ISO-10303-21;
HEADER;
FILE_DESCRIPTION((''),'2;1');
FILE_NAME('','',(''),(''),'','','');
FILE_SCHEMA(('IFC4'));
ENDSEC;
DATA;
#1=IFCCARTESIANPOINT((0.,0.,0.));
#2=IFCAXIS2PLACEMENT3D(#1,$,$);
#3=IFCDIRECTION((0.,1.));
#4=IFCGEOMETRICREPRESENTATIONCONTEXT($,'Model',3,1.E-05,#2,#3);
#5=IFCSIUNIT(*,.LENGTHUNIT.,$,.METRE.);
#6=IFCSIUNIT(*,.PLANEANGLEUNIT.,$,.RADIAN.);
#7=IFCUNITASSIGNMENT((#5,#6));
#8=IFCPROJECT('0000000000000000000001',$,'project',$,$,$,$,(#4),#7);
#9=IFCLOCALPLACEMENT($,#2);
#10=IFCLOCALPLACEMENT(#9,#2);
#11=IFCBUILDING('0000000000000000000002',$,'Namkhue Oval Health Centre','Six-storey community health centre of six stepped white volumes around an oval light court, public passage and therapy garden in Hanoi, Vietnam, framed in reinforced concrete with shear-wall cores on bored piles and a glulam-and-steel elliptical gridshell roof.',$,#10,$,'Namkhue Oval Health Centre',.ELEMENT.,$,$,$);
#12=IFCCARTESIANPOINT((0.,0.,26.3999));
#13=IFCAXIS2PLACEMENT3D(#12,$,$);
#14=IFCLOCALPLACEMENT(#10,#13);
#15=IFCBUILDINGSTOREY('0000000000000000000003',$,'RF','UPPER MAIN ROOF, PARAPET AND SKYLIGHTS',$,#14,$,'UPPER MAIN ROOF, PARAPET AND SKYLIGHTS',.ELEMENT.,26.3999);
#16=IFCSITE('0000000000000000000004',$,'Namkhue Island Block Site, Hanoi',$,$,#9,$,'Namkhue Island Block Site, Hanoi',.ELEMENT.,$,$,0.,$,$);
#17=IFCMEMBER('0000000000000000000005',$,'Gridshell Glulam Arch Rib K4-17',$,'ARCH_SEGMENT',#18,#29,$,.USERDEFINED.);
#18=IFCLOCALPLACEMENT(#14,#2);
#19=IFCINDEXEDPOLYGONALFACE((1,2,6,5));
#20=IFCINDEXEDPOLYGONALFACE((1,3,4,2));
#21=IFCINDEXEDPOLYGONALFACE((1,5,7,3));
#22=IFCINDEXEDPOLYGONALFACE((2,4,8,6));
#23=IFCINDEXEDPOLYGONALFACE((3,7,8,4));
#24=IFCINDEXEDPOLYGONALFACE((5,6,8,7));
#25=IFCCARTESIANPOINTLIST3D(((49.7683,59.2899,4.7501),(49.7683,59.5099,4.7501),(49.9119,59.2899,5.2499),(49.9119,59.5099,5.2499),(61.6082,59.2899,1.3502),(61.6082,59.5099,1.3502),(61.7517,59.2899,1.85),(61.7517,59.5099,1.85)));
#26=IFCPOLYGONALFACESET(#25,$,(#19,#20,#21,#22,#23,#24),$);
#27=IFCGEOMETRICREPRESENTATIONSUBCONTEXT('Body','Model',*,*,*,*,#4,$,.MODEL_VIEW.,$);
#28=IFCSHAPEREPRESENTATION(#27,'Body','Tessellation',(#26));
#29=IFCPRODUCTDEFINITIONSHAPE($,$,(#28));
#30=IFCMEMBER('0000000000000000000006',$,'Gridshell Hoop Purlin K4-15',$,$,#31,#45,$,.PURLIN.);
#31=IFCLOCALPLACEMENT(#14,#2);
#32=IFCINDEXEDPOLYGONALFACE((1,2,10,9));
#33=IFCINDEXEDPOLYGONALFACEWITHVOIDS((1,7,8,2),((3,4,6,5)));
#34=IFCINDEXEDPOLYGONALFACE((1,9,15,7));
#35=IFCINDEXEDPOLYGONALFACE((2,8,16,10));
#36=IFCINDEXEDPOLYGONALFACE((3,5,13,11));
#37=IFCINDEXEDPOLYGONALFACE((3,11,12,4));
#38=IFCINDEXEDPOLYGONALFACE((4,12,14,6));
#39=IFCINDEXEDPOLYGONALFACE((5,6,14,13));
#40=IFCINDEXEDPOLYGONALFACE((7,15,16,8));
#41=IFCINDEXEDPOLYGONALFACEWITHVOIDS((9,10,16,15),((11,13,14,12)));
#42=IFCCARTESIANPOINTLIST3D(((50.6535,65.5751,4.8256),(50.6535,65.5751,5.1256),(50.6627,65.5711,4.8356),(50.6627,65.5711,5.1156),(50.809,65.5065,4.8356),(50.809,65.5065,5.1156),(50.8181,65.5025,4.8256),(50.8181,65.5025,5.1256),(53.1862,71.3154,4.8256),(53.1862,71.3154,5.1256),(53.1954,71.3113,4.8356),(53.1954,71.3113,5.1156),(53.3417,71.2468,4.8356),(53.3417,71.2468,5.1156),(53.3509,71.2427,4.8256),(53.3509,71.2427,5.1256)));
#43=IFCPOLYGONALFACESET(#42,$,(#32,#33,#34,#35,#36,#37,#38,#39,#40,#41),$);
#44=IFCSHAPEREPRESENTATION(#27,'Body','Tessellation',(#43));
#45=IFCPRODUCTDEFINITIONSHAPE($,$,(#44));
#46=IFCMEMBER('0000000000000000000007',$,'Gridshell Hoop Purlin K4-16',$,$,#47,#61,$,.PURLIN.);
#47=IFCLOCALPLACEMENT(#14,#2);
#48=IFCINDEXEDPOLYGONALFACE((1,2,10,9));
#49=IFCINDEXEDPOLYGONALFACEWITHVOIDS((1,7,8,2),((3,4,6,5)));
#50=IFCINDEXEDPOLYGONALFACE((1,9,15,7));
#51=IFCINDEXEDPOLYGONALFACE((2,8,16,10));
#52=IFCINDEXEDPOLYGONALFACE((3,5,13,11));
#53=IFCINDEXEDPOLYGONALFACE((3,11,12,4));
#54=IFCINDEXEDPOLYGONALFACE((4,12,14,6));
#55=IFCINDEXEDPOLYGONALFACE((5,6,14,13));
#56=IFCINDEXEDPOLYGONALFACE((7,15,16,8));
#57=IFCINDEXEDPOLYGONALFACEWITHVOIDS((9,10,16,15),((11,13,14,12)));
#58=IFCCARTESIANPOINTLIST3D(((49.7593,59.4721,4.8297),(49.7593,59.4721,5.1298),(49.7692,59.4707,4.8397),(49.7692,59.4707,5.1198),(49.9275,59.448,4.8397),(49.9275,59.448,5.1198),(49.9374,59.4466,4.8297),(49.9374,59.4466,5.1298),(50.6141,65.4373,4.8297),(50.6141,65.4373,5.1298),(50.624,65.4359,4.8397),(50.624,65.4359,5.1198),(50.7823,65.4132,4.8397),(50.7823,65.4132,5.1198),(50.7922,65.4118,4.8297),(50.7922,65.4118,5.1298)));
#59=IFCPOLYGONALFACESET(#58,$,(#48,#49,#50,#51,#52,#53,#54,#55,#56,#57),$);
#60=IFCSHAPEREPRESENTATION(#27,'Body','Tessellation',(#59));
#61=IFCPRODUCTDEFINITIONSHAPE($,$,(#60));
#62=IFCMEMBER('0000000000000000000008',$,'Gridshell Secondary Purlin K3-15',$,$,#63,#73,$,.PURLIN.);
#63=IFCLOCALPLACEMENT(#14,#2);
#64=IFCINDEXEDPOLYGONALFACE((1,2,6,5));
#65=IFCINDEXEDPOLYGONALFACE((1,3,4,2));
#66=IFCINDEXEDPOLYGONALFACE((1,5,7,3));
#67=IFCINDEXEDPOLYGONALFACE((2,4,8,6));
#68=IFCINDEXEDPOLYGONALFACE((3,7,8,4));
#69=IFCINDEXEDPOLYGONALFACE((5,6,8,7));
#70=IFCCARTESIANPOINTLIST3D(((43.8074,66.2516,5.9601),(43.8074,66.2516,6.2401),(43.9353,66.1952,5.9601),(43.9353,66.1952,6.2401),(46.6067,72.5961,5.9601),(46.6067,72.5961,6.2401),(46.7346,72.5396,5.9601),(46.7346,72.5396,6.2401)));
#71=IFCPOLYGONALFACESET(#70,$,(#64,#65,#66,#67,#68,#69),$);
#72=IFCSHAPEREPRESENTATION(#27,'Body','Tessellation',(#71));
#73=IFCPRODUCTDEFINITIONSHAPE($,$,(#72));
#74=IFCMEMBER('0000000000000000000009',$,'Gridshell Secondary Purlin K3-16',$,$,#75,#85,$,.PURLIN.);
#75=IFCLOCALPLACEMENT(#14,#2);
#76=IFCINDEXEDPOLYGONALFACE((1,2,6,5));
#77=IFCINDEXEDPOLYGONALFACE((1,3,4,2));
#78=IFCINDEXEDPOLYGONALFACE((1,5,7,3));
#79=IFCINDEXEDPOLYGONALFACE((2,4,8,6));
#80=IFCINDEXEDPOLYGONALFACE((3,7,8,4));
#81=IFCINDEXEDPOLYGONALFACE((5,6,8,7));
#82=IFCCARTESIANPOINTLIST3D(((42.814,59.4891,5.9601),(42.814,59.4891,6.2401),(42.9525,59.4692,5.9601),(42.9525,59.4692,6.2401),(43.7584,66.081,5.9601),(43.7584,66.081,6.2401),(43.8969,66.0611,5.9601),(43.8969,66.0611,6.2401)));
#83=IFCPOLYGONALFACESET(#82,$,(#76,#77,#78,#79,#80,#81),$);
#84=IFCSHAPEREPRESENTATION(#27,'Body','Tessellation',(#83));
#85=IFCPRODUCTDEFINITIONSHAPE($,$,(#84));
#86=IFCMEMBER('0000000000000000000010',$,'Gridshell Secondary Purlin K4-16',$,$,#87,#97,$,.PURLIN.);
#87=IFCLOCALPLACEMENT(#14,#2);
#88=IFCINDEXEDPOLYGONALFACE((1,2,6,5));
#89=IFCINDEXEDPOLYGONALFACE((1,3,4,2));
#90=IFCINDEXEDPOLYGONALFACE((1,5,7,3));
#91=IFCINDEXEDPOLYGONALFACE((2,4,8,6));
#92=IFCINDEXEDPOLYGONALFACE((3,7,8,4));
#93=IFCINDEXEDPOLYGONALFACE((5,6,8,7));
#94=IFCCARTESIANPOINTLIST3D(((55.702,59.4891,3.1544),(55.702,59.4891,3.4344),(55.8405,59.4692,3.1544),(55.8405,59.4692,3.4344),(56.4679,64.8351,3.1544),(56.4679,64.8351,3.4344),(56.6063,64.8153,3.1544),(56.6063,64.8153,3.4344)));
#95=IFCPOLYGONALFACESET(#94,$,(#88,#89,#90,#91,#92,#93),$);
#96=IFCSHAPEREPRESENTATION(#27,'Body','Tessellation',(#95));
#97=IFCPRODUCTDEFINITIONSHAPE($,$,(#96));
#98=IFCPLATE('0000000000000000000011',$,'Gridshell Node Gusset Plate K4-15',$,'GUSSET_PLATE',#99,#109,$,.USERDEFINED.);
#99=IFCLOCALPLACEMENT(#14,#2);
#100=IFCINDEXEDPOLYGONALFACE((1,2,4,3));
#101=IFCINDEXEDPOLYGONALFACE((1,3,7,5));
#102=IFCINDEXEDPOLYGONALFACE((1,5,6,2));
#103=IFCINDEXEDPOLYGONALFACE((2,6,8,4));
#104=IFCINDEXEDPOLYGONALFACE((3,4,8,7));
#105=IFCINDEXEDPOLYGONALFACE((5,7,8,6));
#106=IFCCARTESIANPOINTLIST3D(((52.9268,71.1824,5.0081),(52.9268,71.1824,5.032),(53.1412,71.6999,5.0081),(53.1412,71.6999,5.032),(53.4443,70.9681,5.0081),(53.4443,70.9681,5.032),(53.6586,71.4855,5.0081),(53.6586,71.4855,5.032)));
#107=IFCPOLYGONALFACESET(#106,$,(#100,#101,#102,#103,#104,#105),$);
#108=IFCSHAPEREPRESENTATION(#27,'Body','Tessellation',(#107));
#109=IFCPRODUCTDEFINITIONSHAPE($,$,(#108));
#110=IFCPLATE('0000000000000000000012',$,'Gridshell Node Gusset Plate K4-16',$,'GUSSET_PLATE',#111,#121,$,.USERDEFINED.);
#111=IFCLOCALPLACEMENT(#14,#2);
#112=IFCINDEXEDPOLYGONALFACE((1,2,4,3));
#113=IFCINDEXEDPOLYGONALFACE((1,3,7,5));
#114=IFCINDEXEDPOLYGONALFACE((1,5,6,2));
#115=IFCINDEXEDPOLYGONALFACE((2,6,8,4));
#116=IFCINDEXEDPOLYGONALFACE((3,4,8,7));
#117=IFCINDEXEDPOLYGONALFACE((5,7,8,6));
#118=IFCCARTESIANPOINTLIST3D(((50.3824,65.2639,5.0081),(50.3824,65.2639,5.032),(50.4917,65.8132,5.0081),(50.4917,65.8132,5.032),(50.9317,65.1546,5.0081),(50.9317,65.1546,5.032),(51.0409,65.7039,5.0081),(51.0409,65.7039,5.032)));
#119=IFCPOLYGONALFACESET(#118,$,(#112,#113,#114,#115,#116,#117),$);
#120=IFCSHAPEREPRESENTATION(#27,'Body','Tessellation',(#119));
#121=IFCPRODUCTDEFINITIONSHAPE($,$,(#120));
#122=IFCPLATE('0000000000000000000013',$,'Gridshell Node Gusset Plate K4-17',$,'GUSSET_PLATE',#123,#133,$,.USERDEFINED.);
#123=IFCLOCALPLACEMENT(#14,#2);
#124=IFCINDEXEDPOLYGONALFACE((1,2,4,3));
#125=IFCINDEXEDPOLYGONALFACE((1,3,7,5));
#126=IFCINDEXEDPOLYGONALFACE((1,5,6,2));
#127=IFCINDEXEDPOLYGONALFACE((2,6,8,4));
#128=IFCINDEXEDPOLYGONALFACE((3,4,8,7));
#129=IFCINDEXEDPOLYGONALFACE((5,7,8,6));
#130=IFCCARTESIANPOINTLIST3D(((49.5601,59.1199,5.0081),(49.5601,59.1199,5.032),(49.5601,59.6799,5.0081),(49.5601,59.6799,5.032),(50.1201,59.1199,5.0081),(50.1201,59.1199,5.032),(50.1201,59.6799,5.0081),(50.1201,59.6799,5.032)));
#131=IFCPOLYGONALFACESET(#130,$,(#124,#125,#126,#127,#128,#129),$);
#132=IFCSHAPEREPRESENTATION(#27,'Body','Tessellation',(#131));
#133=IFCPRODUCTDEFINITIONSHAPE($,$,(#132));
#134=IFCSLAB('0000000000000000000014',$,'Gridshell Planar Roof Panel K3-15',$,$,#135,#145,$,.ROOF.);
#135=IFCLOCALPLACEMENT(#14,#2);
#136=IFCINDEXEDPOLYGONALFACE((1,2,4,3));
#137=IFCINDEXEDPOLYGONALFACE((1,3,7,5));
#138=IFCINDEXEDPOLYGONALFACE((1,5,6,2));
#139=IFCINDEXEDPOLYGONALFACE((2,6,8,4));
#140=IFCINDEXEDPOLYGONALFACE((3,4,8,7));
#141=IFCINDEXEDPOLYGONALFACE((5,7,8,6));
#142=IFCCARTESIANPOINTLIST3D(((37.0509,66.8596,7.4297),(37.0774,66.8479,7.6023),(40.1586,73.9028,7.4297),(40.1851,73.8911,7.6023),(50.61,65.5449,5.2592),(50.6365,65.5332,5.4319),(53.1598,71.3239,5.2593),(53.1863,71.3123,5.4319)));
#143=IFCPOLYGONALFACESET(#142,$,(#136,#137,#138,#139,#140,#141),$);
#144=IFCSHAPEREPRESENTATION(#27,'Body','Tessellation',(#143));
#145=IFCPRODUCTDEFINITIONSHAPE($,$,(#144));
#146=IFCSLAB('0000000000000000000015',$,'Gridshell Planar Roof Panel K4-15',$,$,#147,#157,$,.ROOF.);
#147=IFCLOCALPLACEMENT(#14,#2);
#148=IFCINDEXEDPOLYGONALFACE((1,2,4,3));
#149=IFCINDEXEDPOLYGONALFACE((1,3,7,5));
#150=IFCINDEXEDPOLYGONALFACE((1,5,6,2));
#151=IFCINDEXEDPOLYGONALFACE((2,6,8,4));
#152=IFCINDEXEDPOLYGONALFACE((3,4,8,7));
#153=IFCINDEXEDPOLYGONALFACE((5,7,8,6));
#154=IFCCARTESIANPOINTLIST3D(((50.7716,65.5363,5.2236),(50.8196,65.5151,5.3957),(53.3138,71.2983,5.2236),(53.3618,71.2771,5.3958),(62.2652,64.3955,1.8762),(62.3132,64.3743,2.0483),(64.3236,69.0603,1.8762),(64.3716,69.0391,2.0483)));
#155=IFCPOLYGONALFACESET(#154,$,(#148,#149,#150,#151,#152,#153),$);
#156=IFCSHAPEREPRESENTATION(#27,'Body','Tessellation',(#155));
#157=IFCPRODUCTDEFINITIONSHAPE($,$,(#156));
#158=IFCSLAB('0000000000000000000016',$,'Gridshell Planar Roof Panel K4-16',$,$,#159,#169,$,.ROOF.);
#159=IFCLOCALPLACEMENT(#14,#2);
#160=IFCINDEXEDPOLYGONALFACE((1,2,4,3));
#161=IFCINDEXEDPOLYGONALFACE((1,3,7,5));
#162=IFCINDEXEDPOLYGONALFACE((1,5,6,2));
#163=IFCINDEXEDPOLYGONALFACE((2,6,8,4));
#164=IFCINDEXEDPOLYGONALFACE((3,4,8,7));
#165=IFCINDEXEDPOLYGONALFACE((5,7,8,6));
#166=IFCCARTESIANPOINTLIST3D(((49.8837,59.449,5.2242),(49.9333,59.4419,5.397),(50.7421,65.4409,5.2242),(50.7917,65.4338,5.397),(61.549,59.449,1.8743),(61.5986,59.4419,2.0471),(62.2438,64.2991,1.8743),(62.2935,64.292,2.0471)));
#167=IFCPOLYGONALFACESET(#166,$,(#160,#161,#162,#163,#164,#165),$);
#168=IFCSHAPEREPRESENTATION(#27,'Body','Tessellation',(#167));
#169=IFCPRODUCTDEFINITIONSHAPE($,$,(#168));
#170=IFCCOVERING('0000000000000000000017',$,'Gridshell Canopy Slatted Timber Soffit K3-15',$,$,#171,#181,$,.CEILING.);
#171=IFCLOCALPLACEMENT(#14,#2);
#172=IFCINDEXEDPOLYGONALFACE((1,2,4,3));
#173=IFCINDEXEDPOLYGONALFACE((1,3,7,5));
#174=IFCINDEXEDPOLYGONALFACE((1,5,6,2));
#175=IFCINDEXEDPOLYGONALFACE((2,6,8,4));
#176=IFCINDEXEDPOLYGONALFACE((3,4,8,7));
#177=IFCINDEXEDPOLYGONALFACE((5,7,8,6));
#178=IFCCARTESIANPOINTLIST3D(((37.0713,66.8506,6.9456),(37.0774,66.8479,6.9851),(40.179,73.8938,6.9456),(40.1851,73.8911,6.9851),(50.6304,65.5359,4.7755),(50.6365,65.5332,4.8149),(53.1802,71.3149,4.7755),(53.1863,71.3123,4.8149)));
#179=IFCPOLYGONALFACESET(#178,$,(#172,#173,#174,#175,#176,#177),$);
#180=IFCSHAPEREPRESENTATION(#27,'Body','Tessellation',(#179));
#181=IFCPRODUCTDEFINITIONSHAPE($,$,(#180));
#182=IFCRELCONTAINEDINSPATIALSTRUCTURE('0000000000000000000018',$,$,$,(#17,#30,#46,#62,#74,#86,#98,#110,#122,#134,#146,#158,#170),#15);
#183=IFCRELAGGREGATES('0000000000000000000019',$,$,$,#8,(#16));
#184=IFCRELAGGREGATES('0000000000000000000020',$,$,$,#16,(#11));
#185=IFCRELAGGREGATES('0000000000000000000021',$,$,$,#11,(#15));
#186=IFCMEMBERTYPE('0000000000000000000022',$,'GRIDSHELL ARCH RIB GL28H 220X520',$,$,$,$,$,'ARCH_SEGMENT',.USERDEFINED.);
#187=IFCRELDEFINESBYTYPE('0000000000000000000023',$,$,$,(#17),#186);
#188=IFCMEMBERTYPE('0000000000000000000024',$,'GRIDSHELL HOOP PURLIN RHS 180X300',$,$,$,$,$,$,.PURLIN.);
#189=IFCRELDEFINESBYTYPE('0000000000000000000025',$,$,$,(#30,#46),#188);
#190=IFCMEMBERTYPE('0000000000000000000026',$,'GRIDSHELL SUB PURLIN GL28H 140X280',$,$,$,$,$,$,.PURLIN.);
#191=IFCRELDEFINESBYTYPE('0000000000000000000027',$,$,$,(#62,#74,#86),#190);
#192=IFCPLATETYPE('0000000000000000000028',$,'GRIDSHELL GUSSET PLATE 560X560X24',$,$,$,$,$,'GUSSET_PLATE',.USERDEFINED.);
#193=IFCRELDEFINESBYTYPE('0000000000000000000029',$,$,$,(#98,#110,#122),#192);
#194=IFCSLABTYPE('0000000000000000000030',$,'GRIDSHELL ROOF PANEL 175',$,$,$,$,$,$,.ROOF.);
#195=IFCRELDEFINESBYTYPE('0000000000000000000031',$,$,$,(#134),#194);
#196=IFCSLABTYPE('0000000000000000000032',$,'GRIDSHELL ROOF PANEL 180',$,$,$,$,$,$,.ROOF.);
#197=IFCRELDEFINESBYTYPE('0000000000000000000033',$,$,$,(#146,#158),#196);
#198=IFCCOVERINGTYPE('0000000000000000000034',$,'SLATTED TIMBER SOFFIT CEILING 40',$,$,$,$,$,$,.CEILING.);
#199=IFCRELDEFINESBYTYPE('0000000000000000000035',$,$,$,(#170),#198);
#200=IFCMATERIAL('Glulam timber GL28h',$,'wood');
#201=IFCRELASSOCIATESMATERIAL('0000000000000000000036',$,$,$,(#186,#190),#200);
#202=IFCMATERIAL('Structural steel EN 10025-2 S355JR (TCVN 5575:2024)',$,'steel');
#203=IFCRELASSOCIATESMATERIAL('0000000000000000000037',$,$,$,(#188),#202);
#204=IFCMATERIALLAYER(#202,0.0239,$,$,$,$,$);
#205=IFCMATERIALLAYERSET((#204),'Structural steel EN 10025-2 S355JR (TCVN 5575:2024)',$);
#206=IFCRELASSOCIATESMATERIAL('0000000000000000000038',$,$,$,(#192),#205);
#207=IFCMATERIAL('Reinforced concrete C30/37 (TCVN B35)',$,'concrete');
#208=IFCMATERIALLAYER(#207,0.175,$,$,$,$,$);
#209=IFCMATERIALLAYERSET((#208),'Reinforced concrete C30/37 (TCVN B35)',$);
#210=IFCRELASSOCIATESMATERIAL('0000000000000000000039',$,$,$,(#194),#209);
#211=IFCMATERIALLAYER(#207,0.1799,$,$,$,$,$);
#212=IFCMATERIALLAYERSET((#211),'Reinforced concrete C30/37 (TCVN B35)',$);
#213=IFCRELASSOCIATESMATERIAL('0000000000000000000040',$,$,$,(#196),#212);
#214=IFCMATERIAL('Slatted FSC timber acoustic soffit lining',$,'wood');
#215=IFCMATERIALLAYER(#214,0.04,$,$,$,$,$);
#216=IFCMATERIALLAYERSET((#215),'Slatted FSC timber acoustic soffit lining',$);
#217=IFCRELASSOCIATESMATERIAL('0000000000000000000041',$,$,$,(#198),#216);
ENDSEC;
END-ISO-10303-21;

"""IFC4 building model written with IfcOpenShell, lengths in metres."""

from ifc_helpers import new_model, si_unit, direction, frame, origin, origin_2d, place, context, subcontext, project, spatial, polyline, rectangle, hollow_rectangle, outline, extrude, material, layer, layer_set, material_profile, profile_set, type_object, element, save


model = new_model("IFC4")

# Units and contexts
model_context = context("Model", 3, precision=1e-05, world=origin(), true_north=direction((0.0, 1.0)))
body_context = subcontext(model_context, "Body", "Model", "MODEL_VIEW")
ifc_project = project(units=[si_unit("LENGTHUNIT", "METRE"), si_unit("PLANEANGLEUNIT", "RADIAN")], contexts=[model_context])

# Site, building, storey
site_placement = place(None, origin())
site = spatial("IfcSite", under=ifc_project, at=site_placement, Name="Namkhue Island Block Site, Hanoi", LongName="Namkhue Island Block Site, Hanoi", CompositionType="ELEMENT", RefElevation=0.0)
building_placement = place(site_placement, origin())
building = spatial("IfcBuilding", under=site, at=building_placement, Name="Namkhue Oval Health Centre", Description="Six-storey community health centre of six stepped white volumes around an oval light court, public passage and therapy garden in Hanoi, Vietnam, framed in reinforced concrete with shear-wall cores on bored piles and a glulam-and-steel elliptical gridshell roof.", LongName="Namkhue Oval Health Centre", CompositionType="ELEMENT")
storey_placement = place(building_placement, frame((0.0, 0.0, 26.3999)))
storey = spatial("IfcBuildingStorey", under=building, at=storey_placement, Name="RF", Description="UPPER MAIN ROOF, PARAPET AND SKYLIGHTS", LongName="UPPER MAIN ROOF, PARAPET AND SKYLIGHTS", CompositionType="ELEMENT", Elevation=26.3999)

# Members
ifc_material_1 = material(Name="Structural steel EN 10025-2 S355JR (TCVN 5575:2024)", Category="steel")
ifc_material_2 = material(Name="Glulam timber GL28h", Category="wood")
ifc_material_profile_1 = material_profile(ifc_material_2, rectangle(XDim=0.22, YDim=0.52, at=origin_2d()), Name="GL28h 220x520")
ifc_profile_set_1 = profile_set([ifc_material_profile_1], Name="Glulam timber GL28h")
member_type_1 = type_object("IfcMemberType", Name="GRIDSHELL ARCH RIB GL28H 220X520", ElementType="ARCH_SEGMENT", PredefinedType="USERDEFINED", material=ifc_profile_set_1)
member_1_placement = place(storey_placement, frame((49.8401, 59.3999, 5.0), z_axis=(0.961157, 0.0, -0.276004), x_axis=(0.0, 1.0, 0.0)))
element("IfcMember", 1, at=member_1_placement, inside=storey, type_object=member_type_1, Name="Gridshell Glulam Arch Rib K4-17", ObjectType="ARCH_SEGMENT", PredefinedType="USERDEFINED", context=body_context, shape_type="SweptSolid", body=[
    extrude(rectangle(XDim=0.22, YDim=0.52, at=origin_2d()), origin(), (0.0, 0.0, 1.0), 12.3184),
])
ifc_material_profile_2 = material_profile(ifc_material_1, hollow_rectangle(XDim=0.1799, YDim=0.3, WallThickness=0.01, at=origin_2d()), Name="RHS 180x300x10")
ifc_profile_set_2 = profile_set([ifc_material_profile_2], Name="Structural steel EN 10025-2 S355JR (TCVN 5575:2024)")
member_type_2 = type_object("IfcMemberType", Name="GRIDSHELL HOOP PURLIN RHS 180X300", PredefinedType="PURLIN", material=ifc_profile_set_2)
member_2_placement = place(storey_placement, frame((53.2686, 71.2791, 4.9756), z_axis=(-0.403675, -0.914903, 0.0), x_axis=(0.914903, -0.403675, 0.0)))
element("IfcMember", 2, at=member_2_placement, inside=storey, type_object=member_type_2, Name="Gridshell Hoop Purlin K4-15", PredefinedType="PURLIN", context=body_context, shape_type="SweptSolid", body=[
    extrude(hollow_rectangle(XDim=0.1799, YDim=0.3, WallThickness=0.01, at=origin_2d()), origin(), (0.0, 0.0, 1.0), 6.2742),
])
member_3_placement = place(storey_placement, frame((50.7031, 65.4246, 4.9797), z_axis=(-0.141841, -0.989889, 0.0), x_axis=(0.989889, -0.141841, 0.0)))
element("IfcMember", 3, at=member_3_placement, inside=storey, type_object=member_type_2, Name="Gridshell Hoop Purlin K4-16", PredefinedType="PURLIN", context=body_context, shape_type="SweptSolid", body=[
    extrude(hollow_rectangle(XDim=0.1799, YDim=0.3, WallThickness=0.01, at=origin_2d()), origin(), (0.0, 0.0, 1.0), 6.0261),
])
ifc_material_profile_3 = material_profile(ifc_material_2, rectangle(XDim=0.1399, YDim=0.28, at=origin_2d()), Name="GL28h 140x280")
ifc_profile_set_3 = profile_set([ifc_material_profile_3], Name="Glulam timber GL28h")
member_type_3 = type_object("IfcMemberType", Name="GRIDSHELL SUB PURLIN GL28H 140X280", PredefinedType="PURLIN", material=ifc_profile_set_3)
member_4_placement = place(storey_placement, frame((46.6707, 72.5679, 6.1001), z_axis=(-0.403674, -0.914903, 0.0), x_axis=(0.914903, -0.403674, 0.0)))
element("IfcMember", 4, at=member_4_placement, inside=storey, type_object=member_type_3, Name="Gridshell Secondary Purlin K3-15", PredefinedType="PURLIN", context=body_context, shape_type="SweptSolid", body=[
    extrude(rectangle(XDim=0.1399, YDim=0.28, at=origin_2d()), origin(), (0.0, 0.0, 1.0), 6.9346),
])
member_5_placement = place(storey_placement, frame((43.8276, 66.071, 6.1001), z_axis=(-0.141811, -0.989894, 0.0), x_axis=(0.989894, -0.141811, 0.0)))
element("IfcMember", 5, at=member_5_placement, inside=storey, type_object=member_type_3, Name="Gridshell Secondary Purlin K3-16", PredefinedType="PURLIN", context=body_context, shape_type="SweptSolid", body=[
    extrude(rectangle(XDim=0.1399, YDim=0.28, at=origin_2d()), origin(), (0.0, 0.0, 1.0), 6.6592),
])
member_6_placement = place(storey_placement, frame((56.5371, 64.8252, 3.2944), z_axis=(-0.141814, -0.989893, 0.0), x_axis=(0.989893, -0.141814, 0.0)))
element("IfcMember", 6, at=member_6_placement, inside=storey, type_object=member_type_3, Name="Gridshell Secondary Purlin K4-16", PredefinedType="PURLIN", context=body_context, shape_type="SweptSolid", body=[
    extrude(rectangle(XDim=0.1399, YDim=0.28, at=origin_2d()), origin(), (0.0, 0.0, 1.0), 5.4006),
])

# Plates
ifc_layer_1 = layer(ifc_material_1, 0.0239)
ifc_layer_set_1 = layer_set([ifc_layer_1], Name="Structural steel EN 10025-2 S355JR (TCVN 5575:2024)")
plate_type = type_object("IfcPlateType", Name="GRIDSHELL GUSSET PLATE 560X560X24", ElementType="GUSSET_PLATE", PredefinedType="USERDEFINED", material=ifc_layer_set_1)
for number, where, z_axis, x_axis, name in (
    (7, (53.2927, 71.334, 5.0081), (0.0, 0.0, 1.0), (-0.92388, 0.382683, 0.0), "Gridshell Node Gusset Plate K4-15"),
    (8, (50.7117, 65.4839, 5.0081), (0.0, 0.0, 1.0), (-0.980785, 0.19509, 0.0), "Gridshell Node Gusset Plate K4-16"),
    (9, (49.8401, 59.3999, 5.0081), (0.0, 0.0, 1.0), (-1.0, 0.0, 0.0), "Gridshell Node Gusset Plate K4-17"),
):
    element("IfcPlate", number, at=place(storey_placement, frame(where, z_axis=z_axis, x_axis=x_axis)), inside=storey, type_object=plate_type, Name=name, ObjectType="GUSSET_PLATE", PredefinedType="USERDEFINED", context=body_context, shape_type="SweptSolid", body=[
        extrude(rectangle(XDim=0.5601, YDim=0.5601, at=origin_2d()), origin(), (0.0, 0.0, 1.0), 0.0239),
    ])

# Slabs
ifc_material_3 = material(Name="Reinforced concrete C30/37 (TCVN B35)", Category="concrete")
ifc_layer_2 = layer(ifc_material_3, 0.175)
ifc_layer_set_2 = layer_set([ifc_layer_2], Name="Reinforced concrete C30/37 (TCVN B35)")
slab_type_1 = type_object("IfcSlabType", Name="GRIDSHELL ROOF PANEL 175", PredefinedType="ROOF", material=ifc_layer_set_2)
slab_1_placement = place(storey_placement, frame((40.1851, 73.8911, 7.6023), z_axis=(0.151388, -0.066796, 0.986215), x_axis=(-0.40368, -0.9149, 0.000001)))
element("IfcSlab", 10, at=slab_1_placement, inside=storey, type_object=slab_type_1, Name="Gridshell Planar Roof Panel K3-15", PredefinedType="ROOF", context=body_context, shape_type="SweptSolid", body=[
    extrude(outline(polyline([(0.0, 0.0), (7.6983, 0.0), (3.4276, 13.1167), (-2.8889, 13.1167), (0.0, 0.0)])), origin(), (0.0, 0.0, -1.0), 0.175),
])
ifc_layer_3 = layer(ifc_material_3, 0.1799)
ifc_layer_set_3 = layer_set([ifc_layer_3], Name="Reinforced concrete C30/37 (TCVN B35)")
slab_type_2 = type_object("IfcSlabType", Name="GRIDSHELL ROOF PANEL 180", PredefinedType="ROOF", material=ifc_layer_set_3)
slab_2_placement = place(storey_placement, frame((53.3618, 71.2771, 5.3958), z_axis=(0.266882, -0.117756, 0.956508), x_axis=(-0.403667, -0.914906, -0.000004)))
element("IfcSlab", 11, at=slab_2_placement, inside=storey, type_object=slab_type_2, Name="Gridshell Planar Roof Panel K4-15", PredefinedType="ROOF", context=body_context, shape_type="SweptSolid", body=[
    extrude(outline(polyline([(0.0, 0.0), (6.2979, 0.0), (2.7021, 11.4752), (-2.3967, 11.4754), (0.0, 0.0)])), origin(), (0.0, 0.0, -1.0), 0.1799),
])
slab_3_placement = place(storey_placement, frame((50.7917, 65.4338, 5.397), z_axis=(0.275794, -0.03951, 0.960404), x_axis=(-0.141811, -0.989894, 0.0)))
element("IfcSlab", 12, at=slab_3_placement, inside=storey, type_object=slab_type_2, Name="Gridshell Planar Roof Panel K4-16", PredefinedType="ROOF", context=body_context, shape_type="SweptSolid", body=[
    extrude(outline(polyline([(0.0, 0.0), (6.0531, 0.0), (4.3989, 12.0235), (-0.5008, 12.0235), (0.0, 0.0)])), origin(), (0.0, 0.0, -1.0), 0.1799),
])

# Covering
ifc_material_4 = material(Name="Slatted FSC timber acoustic soffit lining", Category="wood")
ifc_layer_4 = layer(ifc_material_4, 0.04)
ifc_layer_set_4 = layer_set([ifc_layer_4], Name="Slatted FSC timber acoustic soffit lining")
covering_type_1 = type_object("IfcCoveringType", Name="SLATTED TIMBER SOFFIT CEILING 40", PredefinedType="CEILING", material=ifc_layer_set_4)
covering_1_placement = place(storey_placement, frame((40.1851, 73.8911, 6.9851), z_axis=(0.151371, -0.066788, 0.986218), x_axis=(-0.40368, -0.9149, 0.000001)))
element("IfcCovering", 13, at=covering_1_placement, inside=storey, type_object=covering_type_1, Name="Gridshell Canopy Slatted Timber Soffit K3-15", PredefinedType="CEILING", context=body_context, shape_type="SweptSolid", body=[
    extrude(outline(polyline([(0.0, 0.0), (7.6983, 0.0), (3.4276, 13.1167), (-2.8889, 13.1166), (0.0, 0.0)])), origin(), (0.0, 0.0, -1.0), 0.04),
])

save(model, "model.ifc")
